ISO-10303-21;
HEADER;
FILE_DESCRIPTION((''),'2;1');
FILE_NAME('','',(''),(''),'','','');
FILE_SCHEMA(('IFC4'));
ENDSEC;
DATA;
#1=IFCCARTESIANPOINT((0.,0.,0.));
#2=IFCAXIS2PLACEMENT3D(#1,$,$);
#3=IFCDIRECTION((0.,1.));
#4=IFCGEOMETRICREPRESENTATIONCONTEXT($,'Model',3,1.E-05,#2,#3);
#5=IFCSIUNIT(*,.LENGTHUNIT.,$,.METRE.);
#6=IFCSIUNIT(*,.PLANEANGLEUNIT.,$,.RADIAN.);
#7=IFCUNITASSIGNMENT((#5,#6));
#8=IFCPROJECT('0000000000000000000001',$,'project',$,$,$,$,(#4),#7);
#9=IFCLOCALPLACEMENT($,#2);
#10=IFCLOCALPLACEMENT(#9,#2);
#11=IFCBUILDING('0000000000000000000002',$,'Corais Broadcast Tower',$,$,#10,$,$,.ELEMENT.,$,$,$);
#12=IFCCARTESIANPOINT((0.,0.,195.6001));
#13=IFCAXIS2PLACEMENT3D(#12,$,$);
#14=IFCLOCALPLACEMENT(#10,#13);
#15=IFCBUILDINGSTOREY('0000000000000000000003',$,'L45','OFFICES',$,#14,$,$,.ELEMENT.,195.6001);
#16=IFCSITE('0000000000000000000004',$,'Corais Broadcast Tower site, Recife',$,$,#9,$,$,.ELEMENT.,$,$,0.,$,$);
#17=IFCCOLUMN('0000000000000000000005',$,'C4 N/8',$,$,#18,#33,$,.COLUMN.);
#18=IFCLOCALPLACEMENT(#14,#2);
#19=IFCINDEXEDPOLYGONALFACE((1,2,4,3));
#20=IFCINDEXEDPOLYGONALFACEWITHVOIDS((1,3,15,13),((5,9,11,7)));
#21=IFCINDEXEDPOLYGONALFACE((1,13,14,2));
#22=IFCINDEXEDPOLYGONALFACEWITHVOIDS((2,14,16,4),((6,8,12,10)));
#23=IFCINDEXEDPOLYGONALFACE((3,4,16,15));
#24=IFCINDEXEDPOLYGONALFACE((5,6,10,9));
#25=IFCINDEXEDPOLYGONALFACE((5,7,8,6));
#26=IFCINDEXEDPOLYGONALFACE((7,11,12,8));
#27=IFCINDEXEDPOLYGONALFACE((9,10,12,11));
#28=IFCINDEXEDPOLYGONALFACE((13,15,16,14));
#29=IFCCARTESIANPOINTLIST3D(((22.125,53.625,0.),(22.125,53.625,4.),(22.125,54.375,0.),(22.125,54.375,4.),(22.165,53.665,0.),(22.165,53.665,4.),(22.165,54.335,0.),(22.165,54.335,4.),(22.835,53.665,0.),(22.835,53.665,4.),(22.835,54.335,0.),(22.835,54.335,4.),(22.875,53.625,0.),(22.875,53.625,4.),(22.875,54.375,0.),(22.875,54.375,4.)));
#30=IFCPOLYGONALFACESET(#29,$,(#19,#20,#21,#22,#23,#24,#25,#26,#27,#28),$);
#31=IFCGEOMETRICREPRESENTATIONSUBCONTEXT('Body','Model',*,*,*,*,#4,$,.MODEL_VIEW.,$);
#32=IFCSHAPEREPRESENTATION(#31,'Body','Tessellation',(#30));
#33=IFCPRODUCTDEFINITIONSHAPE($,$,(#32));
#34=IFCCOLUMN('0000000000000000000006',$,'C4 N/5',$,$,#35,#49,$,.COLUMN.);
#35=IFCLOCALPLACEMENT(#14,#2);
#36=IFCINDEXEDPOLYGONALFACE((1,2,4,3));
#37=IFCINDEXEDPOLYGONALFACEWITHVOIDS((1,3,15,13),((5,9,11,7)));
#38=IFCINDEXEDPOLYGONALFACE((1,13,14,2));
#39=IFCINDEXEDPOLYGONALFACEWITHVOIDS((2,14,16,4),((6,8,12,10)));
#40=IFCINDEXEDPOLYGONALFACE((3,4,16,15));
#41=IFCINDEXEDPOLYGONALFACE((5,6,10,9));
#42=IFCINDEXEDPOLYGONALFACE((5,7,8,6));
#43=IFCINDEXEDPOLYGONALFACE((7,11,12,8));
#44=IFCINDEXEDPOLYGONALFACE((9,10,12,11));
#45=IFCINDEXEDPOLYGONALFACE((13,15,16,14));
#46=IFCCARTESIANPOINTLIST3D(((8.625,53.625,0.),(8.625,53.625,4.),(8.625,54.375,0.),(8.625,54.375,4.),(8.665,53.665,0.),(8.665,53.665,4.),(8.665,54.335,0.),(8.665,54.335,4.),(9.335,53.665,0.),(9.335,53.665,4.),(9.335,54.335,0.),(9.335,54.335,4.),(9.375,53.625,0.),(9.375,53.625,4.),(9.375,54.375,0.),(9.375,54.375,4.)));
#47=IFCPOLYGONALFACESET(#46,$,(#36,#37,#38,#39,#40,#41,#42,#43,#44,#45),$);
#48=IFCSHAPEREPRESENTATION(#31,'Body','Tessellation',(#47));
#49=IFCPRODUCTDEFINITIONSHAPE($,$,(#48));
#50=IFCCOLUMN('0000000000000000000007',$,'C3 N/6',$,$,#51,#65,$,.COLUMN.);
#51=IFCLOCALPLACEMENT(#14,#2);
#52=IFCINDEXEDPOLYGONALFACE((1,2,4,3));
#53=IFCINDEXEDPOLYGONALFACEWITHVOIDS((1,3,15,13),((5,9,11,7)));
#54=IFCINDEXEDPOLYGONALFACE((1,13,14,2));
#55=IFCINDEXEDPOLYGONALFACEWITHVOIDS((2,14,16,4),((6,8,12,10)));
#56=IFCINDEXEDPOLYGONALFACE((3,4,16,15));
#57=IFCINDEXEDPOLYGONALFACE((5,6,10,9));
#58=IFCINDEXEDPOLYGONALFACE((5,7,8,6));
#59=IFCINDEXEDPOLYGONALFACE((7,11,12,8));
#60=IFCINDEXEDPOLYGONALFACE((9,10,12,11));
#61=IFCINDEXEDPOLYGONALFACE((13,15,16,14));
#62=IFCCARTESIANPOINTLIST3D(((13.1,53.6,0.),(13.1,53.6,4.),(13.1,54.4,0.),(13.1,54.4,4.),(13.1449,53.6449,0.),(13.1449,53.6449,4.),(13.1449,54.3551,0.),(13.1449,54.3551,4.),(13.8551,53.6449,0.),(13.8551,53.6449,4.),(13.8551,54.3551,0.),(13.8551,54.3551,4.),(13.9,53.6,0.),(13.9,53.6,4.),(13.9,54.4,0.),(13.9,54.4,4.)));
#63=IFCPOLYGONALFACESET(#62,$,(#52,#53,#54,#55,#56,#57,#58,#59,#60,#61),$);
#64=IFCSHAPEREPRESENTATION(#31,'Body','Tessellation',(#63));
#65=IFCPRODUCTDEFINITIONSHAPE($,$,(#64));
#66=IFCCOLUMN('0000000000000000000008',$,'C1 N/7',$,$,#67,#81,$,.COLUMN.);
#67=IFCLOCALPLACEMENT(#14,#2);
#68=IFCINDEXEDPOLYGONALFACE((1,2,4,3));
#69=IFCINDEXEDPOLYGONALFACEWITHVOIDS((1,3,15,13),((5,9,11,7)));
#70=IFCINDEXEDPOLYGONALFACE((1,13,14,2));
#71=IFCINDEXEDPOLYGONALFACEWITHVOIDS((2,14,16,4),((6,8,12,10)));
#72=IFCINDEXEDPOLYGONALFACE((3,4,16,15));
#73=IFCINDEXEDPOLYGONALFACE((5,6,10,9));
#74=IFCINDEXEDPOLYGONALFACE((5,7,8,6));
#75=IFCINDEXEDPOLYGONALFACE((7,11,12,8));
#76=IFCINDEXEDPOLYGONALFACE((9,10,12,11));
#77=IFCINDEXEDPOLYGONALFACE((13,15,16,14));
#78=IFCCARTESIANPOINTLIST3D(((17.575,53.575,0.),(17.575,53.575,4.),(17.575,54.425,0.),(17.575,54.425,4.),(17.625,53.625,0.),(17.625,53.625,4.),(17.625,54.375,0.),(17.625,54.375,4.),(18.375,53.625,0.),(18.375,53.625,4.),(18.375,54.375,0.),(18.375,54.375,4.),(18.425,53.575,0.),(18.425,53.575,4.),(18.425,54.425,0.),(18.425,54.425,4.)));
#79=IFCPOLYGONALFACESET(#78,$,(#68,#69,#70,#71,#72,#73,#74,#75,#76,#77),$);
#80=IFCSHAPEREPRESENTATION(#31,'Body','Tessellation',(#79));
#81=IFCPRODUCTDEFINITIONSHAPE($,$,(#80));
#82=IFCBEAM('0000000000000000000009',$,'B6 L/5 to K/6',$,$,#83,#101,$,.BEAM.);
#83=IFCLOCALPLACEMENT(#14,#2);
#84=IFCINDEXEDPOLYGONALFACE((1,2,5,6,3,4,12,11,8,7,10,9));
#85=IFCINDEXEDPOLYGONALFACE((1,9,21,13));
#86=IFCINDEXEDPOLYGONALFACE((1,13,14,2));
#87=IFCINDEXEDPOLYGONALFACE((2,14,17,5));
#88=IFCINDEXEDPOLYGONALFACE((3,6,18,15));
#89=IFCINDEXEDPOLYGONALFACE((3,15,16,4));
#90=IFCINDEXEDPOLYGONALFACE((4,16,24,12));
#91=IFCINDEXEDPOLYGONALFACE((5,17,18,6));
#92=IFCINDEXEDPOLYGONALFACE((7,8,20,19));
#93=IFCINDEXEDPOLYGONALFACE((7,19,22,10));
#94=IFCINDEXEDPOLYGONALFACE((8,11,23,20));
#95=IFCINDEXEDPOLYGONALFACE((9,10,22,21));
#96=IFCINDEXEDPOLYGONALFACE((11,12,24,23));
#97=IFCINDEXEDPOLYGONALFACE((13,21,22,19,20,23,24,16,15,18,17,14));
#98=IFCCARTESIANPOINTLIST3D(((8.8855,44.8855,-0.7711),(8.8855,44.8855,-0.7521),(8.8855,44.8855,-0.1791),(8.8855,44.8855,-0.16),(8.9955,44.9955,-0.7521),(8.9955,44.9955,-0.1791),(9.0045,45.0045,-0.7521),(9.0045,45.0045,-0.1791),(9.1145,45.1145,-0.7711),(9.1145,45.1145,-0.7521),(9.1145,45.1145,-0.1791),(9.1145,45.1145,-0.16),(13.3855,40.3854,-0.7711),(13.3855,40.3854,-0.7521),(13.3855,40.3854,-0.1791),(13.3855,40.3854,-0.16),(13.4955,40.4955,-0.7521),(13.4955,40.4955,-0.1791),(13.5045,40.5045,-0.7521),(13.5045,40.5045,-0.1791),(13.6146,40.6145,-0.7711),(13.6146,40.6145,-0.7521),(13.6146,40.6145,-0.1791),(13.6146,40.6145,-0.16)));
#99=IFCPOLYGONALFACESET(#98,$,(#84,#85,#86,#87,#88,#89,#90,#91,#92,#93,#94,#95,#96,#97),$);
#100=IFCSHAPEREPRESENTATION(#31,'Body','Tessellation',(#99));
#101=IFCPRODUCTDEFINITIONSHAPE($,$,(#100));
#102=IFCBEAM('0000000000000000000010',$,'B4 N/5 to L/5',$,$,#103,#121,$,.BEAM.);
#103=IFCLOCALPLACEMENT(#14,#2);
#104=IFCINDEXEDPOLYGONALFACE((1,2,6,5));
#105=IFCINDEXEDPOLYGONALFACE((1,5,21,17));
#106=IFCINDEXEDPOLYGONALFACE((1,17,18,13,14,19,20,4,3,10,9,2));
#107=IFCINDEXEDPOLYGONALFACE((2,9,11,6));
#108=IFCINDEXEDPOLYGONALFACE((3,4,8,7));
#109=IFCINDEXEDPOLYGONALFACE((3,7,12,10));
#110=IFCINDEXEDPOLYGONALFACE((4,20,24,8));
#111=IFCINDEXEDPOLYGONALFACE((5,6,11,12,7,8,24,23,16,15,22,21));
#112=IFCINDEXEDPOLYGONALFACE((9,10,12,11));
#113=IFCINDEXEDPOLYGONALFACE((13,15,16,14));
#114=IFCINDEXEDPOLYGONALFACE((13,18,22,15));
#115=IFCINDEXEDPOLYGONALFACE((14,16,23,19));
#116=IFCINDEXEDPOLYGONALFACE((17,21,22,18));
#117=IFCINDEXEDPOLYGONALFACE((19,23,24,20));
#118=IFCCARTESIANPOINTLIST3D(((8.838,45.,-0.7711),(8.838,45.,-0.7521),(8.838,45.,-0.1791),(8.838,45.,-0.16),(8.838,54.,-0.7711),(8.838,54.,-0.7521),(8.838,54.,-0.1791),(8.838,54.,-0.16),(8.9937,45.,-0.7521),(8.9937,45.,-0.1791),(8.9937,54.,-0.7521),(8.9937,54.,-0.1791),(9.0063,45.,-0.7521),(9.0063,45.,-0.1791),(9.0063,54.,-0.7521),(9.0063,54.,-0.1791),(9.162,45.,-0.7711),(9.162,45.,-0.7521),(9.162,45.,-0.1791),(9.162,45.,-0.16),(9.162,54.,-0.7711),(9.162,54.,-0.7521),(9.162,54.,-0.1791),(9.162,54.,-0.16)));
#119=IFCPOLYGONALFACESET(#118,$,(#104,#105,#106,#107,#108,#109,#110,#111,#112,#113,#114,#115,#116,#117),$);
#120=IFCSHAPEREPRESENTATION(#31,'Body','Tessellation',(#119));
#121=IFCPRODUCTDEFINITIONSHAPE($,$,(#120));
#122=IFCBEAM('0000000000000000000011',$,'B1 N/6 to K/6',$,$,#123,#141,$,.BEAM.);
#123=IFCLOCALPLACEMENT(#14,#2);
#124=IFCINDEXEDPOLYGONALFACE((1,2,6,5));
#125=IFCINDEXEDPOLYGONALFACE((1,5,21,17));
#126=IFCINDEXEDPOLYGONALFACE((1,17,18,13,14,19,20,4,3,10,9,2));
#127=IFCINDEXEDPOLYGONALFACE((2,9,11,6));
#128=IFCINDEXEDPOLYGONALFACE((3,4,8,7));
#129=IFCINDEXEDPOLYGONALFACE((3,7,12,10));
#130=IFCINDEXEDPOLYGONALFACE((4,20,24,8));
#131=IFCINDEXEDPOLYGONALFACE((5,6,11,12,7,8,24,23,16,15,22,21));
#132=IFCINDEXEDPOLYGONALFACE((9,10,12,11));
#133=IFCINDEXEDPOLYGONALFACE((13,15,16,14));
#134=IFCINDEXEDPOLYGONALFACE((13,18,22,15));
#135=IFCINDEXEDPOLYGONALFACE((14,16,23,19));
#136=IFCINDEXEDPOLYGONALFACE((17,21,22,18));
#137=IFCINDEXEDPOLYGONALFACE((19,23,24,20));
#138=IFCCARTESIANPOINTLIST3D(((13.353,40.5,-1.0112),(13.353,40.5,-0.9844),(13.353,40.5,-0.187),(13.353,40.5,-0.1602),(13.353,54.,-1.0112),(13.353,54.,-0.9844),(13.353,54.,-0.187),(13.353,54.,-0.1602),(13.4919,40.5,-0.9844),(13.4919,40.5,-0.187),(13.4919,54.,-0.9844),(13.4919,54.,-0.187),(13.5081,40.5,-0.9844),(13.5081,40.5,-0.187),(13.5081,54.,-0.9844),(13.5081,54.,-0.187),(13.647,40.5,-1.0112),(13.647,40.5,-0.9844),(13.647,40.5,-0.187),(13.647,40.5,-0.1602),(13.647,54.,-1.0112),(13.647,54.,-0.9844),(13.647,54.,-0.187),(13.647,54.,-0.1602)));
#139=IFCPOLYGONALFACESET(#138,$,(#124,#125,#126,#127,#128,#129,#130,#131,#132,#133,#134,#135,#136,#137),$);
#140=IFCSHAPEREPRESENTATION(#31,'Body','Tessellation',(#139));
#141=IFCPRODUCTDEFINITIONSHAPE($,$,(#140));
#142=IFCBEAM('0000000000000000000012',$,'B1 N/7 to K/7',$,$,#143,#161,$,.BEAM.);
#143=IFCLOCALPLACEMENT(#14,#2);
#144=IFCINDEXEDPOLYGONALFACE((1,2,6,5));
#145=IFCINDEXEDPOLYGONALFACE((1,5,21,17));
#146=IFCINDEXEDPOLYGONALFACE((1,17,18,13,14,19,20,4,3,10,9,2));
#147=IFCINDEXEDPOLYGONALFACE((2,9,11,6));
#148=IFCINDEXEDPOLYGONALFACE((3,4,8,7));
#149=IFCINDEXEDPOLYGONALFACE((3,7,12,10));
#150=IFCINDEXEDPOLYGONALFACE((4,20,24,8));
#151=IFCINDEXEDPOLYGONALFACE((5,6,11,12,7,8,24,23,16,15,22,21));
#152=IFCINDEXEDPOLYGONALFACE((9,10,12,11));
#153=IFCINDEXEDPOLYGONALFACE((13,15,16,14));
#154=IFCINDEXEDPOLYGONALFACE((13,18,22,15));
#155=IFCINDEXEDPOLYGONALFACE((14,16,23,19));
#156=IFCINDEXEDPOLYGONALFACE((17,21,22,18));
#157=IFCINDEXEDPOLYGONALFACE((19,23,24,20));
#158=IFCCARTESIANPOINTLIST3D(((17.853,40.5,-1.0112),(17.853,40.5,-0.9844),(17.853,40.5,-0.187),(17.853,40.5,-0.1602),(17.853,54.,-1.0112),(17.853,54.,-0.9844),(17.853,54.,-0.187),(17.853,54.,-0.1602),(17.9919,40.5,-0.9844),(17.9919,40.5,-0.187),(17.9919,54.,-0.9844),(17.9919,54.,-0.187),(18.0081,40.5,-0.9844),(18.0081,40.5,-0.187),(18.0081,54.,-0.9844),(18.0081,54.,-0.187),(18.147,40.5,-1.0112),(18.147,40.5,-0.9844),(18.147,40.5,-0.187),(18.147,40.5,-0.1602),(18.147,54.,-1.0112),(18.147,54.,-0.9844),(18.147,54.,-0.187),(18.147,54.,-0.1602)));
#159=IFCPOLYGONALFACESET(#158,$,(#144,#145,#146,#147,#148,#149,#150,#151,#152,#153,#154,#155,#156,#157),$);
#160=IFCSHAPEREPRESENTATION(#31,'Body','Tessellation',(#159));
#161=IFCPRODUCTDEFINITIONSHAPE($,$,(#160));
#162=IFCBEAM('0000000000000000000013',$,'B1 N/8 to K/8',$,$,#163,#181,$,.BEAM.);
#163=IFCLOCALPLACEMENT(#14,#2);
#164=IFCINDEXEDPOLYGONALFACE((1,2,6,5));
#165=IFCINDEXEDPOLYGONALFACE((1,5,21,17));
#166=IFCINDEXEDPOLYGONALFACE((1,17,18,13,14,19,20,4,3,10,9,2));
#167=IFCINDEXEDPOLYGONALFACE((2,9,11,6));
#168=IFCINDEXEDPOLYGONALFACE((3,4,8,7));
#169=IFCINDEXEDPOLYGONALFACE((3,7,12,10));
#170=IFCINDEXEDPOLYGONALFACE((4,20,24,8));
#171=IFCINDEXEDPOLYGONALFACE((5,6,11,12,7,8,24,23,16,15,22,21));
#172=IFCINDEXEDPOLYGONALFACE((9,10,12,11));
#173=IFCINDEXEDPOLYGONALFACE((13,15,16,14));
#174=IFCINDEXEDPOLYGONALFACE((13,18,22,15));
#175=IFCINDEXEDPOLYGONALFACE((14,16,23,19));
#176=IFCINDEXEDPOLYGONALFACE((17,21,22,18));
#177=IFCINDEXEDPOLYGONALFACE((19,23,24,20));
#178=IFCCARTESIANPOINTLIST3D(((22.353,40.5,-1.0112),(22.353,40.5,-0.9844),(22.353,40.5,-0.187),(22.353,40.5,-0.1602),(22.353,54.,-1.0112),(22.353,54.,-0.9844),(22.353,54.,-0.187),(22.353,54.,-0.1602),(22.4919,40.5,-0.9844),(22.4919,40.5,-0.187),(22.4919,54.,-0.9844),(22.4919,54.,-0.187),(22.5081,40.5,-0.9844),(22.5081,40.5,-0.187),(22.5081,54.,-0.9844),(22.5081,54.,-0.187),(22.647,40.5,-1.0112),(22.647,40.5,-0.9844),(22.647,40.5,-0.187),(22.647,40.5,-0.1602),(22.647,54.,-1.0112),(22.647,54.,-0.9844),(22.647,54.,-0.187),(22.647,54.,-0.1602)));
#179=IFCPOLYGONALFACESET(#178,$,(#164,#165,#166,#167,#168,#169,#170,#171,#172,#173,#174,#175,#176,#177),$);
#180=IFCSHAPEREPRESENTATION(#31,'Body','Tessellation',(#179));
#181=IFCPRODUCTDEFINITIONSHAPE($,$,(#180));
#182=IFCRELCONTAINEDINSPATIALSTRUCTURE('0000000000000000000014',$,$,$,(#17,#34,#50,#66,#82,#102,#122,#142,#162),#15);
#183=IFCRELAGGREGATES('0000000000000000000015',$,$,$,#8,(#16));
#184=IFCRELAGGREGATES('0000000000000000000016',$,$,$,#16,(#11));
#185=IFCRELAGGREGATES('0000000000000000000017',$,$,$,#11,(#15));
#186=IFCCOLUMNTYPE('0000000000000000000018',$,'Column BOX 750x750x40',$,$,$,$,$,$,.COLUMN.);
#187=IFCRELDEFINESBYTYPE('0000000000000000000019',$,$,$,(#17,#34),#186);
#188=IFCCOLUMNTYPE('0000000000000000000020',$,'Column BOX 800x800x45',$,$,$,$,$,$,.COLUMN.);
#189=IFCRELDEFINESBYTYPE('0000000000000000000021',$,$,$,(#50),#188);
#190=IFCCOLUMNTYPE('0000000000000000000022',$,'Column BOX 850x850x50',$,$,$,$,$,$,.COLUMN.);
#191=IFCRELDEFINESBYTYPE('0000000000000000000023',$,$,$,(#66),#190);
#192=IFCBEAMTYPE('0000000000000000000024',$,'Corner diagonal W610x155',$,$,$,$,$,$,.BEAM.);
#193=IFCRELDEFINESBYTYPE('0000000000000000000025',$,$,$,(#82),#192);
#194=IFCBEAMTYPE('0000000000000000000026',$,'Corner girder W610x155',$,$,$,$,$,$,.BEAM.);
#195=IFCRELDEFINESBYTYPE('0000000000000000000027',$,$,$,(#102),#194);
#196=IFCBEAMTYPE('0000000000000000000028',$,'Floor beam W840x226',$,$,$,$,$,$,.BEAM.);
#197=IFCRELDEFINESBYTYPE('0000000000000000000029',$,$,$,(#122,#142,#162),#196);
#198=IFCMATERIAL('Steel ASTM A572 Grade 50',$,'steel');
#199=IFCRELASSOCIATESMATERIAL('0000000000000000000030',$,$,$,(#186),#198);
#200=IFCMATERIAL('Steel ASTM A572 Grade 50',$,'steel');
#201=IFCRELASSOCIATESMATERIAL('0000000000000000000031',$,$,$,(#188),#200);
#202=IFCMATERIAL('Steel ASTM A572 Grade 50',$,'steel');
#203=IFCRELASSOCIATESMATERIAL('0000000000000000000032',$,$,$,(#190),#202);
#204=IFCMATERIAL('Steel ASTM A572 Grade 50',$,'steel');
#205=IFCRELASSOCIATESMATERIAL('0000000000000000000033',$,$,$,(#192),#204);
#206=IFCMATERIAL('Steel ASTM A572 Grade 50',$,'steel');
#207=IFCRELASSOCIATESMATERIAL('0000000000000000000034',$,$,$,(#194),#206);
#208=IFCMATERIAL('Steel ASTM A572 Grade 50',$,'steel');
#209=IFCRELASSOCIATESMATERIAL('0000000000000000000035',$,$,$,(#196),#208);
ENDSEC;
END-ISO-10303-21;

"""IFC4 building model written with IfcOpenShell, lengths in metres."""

from ifc_helpers import new_model, si_unit, direction, frame, origin, origin_2d, place, context, subcontext, project, spatial, hollow_rectangle, i_section, extrude, material, material_profile, profile_set, type_object, element, save


model = new_model("IFC4")

# Units and contexts
model_context = context("Model", 3, precision=1e-05, world=origin(), true_north=direction((0.0, 1.0)))
body_context = subcontext(model_context, "Body", "Model", "MODEL_VIEW")
ifc_project = project(units=[si_unit("LENGTHUNIT", "METRE"), si_unit("PLANEANGLEUNIT", "RADIAN")], contexts=[model_context])

# Site, building, storey
site_placement = place(None, origin())
site = spatial("IfcSite", under=ifc_project, at=site_placement, Name="Corais Broadcast Tower site, Recife", CompositionType="ELEMENT", RefElevation=0.0)
building_placement = place(site_placement, origin())
building = spatial("IfcBuilding", under=site, at=building_placement, Name="Corais Broadcast Tower", CompositionType="ELEMENT")
storey_placement = place(building_placement, frame((0.0, 0.0, 195.6001)))
storey = spatial("IfcBuildingStorey", under=building, at=storey_placement, Name="L45", Description="OFFICES", CompositionType="ELEMENT", Elevation=195.6001)

# Columns
ifc_material_1 = material(Name="Steel ASTM A572 Grade 50", Category="steel")
ifc_material_profile_1 = material_profile(ifc_material_1, hollow_rectangle(XDim=0.75, YDim=0.75, WallThickness=0.04, at=origin_2d()), Name="BOX 750x750x40")
ifc_profile_set_1 = profile_set([ifc_material_profile_1], Name="Steel ASTM A572 Grade 50")
column_type_1 = type_object("IfcColumnType", Name="Column BOX 750x750x40", PredefinedType="COLUMN", material=ifc_profile_set_1)
for number, where, z_axis, x_axis, name in (
    (1, (22.5, 54.0, 0.0), (0.0, 0.0, 1.0), (1.0, 0.0, 0.0), "C4 N/8"),
    (2, (9.0, 54.0, 0.0), (0.0, 0.0, 1.0), (1.0, 0.0, 0.0), "C4 N/5"),
):
    element("IfcColumn", number, at=place(storey_placement, frame(where, z_axis=z_axis, x_axis=x_axis)), inside=storey, type_object=column_type_1, Name=name, PredefinedType="COLUMN", context=body_context, shape_type="SweptSolid", body=[
        extrude(hollow_rectangle(XDim=0.75, YDim=0.75, WallThickness=0.04, at=origin_2d()), origin(), (0.0, 0.0, 1.0), 4.0),
    ])
ifc_material_2 = material(Name="Steel ASTM A572 Grade 50", Category="steel")
ifc_material_profile_2 = material_profile(ifc_material_2, hollow_rectangle(XDim=0.8, YDim=0.8, WallThickness=0.0449, at=origin_2d()), Name="BOX 800x800x45")
ifc_profile_set_2 = profile_set([ifc_material_profile_2], Name="Steel ASTM A572 Grade 50")
column_type_2 = type_object("IfcColumnType", Name="Column BOX 800x800x45", PredefinedType="COLUMN", material=ifc_profile_set_2)
column_1_placement = place(storey_placement, frame((13.5, 54.0, 0.0), z_axis=(0.0, 0.0, 1.0), x_axis=(1.0, 0.0, 0.0)))
element("IfcColumn", 3, at=column_1_placement, inside=storey, type_object=column_type_2, Name="C3 N/6", PredefinedType="COLUMN", context=body_context, shape_type="SweptSolid", body=[
    extrude(hollow_rectangle(XDim=0.8, YDim=0.8, WallThickness=0.0449, at=origin_2d()), origin(), (0.0, 0.0, 1.0), 4.0),
])
ifc_material_3 = material(Name="Steel ASTM A572 Grade 50", Category="steel")
ifc_material_profile_3 = material_profile(ifc_material_3, hollow_rectangle(XDim=0.8501, YDim=0.8501, WallThickness=0.05, at=origin_2d()), Name="BOX 850x850x50")
ifc_profile_set_3 = profile_set([ifc_material_profile_3], Name="Steel ASTM A572 Grade 50")
column_type_3 = type_object("IfcColumnType", Name="Column BOX 850x850x50", PredefinedType="COLUMN", material=ifc_profile_set_3)
column_2_placement = place(storey_placement, frame((18.0, 54.0, 0.0), z_axis=(0.0, 0.0, 1.0), x_axis=(1.0, 0.0, 0.0)))
element("IfcColumn", 4, at=column_2_placement, inside=storey, type_object=column_type_3, Name="C1 N/7", PredefinedType="COLUMN", context=body_context, shape_type="SweptSolid", body=[
    extrude(hollow_rectangle(XDim=0.8501, YDim=0.8501, WallThickness=0.05, at=origin_2d()), origin(), (0.0, 0.0, 1.0), 4.0),
])

# Beams
ifc_material_4 = material(Name="Steel ASTM A572 Grade 50", Category="steel")
ifc_material_profile_4 = material_profile(ifc_material_4, i_section(OverallWidth=0.324, OverallDepth=0.6111, WebThickness=0.0127, FlangeThickness=0.019, at=origin_2d()), Name="W610x155")
ifc_profile_set_4 = profile_set([ifc_material_profile_4], Name="Steel ASTM A572 Grade 50")
beam_type_1 = type_object("IfcBeamType", Name="Corner diagonal W610x155", PredefinedType="BEAM", material=ifc_profile_set_4)
beam_1_placement = place(storey_placement, frame((9.0, 45.0, -0.4656), z_axis=(0.707107, -0.707107, 0.0), x_axis=(0.707107, 0.707107, 0.0)))
element("IfcBeam", 5, at=beam_1_placement, inside=storey, type_object=beam_type_1, Name="B6 L/5 to K/6", PredefinedType="BEAM", context=body_context, shape_type="SweptSolid", body=[
    extrude(i_section(OverallWidth=0.324, OverallDepth=0.6111, WebThickness=0.0127, FlangeThickness=0.019, at=origin_2d()), origin(), (0.0, 0.0, 1.0), 6.364),
])
ifc_material_5 = material(Name="Steel ASTM A572 Grade 50", Category="steel")
ifc_material_profile_5 = material_profile(ifc_material_5, i_section(OverallWidth=0.324, OverallDepth=0.6111, WebThickness=0.0127, FlangeThickness=0.019, at=origin_2d()), Name="W610x155")
ifc_profile_set_5 = profile_set([ifc_material_profile_5], Name="Steel ASTM A572 Grade 50")
beam_type_2 = type_object("IfcBeamType", Name="Corner girder W610x155", PredefinedType="BEAM", material=ifc_profile_set_5)
beam_2_placement = place(storey_placement, frame((9.0, 54.0, -0.4656), z_axis=(0.0, -1.0, 0.0), x_axis=(1.0, 0.0, 0.0)))
element("IfcBeam", 6, at=beam_2_placement, inside=storey, type_object=beam_type_2, Name="B4 N/5 to L/5", PredefinedType="BEAM", context=body_context, shape_type="SweptSolid", body=[
    extrude(i_section(OverallWidth=0.324, OverallDepth=0.6111, WebThickness=0.0127, FlangeThickness=0.019, at=origin_2d()), origin(), (0.0, 0.0, 1.0), 9.0),
])
ifc_material_6 = material(Name="Steel ASTM A572 Grade 50", Category="steel")
ifc_material_profile_6 = material_profile(ifc_material_6, i_section(OverallWidth=0.2939, OverallDepth=0.8511, WebThickness=0.0161, FlangeThickness=0.0269, at=origin_2d()), Name="W840x226")
ifc_profile_set_6 = profile_set([ifc_material_profile_6], Name="Steel ASTM A572 Grade 50")
beam_type_3 = type_object("IfcBeamType", Name="Floor beam W840x226", PredefinedType="BEAM", material=ifc_profile_set_6)
for number, where, z_axis, x_axis, name in (
    (7, (13.5, 54.0, -0.5857), (0.0, -1.0, 0.0), (1.0, 0.0, 0.0), "B1 N/6 to K/6"),
    (8, (18.0, 54.0, -0.5857), (0.0, -1.0, 0.0), (1.0, 0.0, 0.0), "B1 N/7 to K/7"),
    (9, (22.5, 54.0, -0.5857), (0.0, -1.0, 0.0), (1.0, 0.0, 0.0), "B1 N/8 to K/8"),
):
    element("IfcBeam", number, at=place(storey_placement, frame(where, z_axis=z_axis, x_axis=x_axis)), inside=storey, type_object=beam_type_3, Name=name, PredefinedType="BEAM", context=body_context, shape_type="SweptSolid", body=[
        extrude(i_section(OverallWidth=0.2939, OverallDepth=0.8511, WebThickness=0.0161, FlangeThickness=0.0269, at=origin_2d()), origin(), (0.0, 0.0, 1.0), 13.5),
    ])

save(model, "model.ifc")
